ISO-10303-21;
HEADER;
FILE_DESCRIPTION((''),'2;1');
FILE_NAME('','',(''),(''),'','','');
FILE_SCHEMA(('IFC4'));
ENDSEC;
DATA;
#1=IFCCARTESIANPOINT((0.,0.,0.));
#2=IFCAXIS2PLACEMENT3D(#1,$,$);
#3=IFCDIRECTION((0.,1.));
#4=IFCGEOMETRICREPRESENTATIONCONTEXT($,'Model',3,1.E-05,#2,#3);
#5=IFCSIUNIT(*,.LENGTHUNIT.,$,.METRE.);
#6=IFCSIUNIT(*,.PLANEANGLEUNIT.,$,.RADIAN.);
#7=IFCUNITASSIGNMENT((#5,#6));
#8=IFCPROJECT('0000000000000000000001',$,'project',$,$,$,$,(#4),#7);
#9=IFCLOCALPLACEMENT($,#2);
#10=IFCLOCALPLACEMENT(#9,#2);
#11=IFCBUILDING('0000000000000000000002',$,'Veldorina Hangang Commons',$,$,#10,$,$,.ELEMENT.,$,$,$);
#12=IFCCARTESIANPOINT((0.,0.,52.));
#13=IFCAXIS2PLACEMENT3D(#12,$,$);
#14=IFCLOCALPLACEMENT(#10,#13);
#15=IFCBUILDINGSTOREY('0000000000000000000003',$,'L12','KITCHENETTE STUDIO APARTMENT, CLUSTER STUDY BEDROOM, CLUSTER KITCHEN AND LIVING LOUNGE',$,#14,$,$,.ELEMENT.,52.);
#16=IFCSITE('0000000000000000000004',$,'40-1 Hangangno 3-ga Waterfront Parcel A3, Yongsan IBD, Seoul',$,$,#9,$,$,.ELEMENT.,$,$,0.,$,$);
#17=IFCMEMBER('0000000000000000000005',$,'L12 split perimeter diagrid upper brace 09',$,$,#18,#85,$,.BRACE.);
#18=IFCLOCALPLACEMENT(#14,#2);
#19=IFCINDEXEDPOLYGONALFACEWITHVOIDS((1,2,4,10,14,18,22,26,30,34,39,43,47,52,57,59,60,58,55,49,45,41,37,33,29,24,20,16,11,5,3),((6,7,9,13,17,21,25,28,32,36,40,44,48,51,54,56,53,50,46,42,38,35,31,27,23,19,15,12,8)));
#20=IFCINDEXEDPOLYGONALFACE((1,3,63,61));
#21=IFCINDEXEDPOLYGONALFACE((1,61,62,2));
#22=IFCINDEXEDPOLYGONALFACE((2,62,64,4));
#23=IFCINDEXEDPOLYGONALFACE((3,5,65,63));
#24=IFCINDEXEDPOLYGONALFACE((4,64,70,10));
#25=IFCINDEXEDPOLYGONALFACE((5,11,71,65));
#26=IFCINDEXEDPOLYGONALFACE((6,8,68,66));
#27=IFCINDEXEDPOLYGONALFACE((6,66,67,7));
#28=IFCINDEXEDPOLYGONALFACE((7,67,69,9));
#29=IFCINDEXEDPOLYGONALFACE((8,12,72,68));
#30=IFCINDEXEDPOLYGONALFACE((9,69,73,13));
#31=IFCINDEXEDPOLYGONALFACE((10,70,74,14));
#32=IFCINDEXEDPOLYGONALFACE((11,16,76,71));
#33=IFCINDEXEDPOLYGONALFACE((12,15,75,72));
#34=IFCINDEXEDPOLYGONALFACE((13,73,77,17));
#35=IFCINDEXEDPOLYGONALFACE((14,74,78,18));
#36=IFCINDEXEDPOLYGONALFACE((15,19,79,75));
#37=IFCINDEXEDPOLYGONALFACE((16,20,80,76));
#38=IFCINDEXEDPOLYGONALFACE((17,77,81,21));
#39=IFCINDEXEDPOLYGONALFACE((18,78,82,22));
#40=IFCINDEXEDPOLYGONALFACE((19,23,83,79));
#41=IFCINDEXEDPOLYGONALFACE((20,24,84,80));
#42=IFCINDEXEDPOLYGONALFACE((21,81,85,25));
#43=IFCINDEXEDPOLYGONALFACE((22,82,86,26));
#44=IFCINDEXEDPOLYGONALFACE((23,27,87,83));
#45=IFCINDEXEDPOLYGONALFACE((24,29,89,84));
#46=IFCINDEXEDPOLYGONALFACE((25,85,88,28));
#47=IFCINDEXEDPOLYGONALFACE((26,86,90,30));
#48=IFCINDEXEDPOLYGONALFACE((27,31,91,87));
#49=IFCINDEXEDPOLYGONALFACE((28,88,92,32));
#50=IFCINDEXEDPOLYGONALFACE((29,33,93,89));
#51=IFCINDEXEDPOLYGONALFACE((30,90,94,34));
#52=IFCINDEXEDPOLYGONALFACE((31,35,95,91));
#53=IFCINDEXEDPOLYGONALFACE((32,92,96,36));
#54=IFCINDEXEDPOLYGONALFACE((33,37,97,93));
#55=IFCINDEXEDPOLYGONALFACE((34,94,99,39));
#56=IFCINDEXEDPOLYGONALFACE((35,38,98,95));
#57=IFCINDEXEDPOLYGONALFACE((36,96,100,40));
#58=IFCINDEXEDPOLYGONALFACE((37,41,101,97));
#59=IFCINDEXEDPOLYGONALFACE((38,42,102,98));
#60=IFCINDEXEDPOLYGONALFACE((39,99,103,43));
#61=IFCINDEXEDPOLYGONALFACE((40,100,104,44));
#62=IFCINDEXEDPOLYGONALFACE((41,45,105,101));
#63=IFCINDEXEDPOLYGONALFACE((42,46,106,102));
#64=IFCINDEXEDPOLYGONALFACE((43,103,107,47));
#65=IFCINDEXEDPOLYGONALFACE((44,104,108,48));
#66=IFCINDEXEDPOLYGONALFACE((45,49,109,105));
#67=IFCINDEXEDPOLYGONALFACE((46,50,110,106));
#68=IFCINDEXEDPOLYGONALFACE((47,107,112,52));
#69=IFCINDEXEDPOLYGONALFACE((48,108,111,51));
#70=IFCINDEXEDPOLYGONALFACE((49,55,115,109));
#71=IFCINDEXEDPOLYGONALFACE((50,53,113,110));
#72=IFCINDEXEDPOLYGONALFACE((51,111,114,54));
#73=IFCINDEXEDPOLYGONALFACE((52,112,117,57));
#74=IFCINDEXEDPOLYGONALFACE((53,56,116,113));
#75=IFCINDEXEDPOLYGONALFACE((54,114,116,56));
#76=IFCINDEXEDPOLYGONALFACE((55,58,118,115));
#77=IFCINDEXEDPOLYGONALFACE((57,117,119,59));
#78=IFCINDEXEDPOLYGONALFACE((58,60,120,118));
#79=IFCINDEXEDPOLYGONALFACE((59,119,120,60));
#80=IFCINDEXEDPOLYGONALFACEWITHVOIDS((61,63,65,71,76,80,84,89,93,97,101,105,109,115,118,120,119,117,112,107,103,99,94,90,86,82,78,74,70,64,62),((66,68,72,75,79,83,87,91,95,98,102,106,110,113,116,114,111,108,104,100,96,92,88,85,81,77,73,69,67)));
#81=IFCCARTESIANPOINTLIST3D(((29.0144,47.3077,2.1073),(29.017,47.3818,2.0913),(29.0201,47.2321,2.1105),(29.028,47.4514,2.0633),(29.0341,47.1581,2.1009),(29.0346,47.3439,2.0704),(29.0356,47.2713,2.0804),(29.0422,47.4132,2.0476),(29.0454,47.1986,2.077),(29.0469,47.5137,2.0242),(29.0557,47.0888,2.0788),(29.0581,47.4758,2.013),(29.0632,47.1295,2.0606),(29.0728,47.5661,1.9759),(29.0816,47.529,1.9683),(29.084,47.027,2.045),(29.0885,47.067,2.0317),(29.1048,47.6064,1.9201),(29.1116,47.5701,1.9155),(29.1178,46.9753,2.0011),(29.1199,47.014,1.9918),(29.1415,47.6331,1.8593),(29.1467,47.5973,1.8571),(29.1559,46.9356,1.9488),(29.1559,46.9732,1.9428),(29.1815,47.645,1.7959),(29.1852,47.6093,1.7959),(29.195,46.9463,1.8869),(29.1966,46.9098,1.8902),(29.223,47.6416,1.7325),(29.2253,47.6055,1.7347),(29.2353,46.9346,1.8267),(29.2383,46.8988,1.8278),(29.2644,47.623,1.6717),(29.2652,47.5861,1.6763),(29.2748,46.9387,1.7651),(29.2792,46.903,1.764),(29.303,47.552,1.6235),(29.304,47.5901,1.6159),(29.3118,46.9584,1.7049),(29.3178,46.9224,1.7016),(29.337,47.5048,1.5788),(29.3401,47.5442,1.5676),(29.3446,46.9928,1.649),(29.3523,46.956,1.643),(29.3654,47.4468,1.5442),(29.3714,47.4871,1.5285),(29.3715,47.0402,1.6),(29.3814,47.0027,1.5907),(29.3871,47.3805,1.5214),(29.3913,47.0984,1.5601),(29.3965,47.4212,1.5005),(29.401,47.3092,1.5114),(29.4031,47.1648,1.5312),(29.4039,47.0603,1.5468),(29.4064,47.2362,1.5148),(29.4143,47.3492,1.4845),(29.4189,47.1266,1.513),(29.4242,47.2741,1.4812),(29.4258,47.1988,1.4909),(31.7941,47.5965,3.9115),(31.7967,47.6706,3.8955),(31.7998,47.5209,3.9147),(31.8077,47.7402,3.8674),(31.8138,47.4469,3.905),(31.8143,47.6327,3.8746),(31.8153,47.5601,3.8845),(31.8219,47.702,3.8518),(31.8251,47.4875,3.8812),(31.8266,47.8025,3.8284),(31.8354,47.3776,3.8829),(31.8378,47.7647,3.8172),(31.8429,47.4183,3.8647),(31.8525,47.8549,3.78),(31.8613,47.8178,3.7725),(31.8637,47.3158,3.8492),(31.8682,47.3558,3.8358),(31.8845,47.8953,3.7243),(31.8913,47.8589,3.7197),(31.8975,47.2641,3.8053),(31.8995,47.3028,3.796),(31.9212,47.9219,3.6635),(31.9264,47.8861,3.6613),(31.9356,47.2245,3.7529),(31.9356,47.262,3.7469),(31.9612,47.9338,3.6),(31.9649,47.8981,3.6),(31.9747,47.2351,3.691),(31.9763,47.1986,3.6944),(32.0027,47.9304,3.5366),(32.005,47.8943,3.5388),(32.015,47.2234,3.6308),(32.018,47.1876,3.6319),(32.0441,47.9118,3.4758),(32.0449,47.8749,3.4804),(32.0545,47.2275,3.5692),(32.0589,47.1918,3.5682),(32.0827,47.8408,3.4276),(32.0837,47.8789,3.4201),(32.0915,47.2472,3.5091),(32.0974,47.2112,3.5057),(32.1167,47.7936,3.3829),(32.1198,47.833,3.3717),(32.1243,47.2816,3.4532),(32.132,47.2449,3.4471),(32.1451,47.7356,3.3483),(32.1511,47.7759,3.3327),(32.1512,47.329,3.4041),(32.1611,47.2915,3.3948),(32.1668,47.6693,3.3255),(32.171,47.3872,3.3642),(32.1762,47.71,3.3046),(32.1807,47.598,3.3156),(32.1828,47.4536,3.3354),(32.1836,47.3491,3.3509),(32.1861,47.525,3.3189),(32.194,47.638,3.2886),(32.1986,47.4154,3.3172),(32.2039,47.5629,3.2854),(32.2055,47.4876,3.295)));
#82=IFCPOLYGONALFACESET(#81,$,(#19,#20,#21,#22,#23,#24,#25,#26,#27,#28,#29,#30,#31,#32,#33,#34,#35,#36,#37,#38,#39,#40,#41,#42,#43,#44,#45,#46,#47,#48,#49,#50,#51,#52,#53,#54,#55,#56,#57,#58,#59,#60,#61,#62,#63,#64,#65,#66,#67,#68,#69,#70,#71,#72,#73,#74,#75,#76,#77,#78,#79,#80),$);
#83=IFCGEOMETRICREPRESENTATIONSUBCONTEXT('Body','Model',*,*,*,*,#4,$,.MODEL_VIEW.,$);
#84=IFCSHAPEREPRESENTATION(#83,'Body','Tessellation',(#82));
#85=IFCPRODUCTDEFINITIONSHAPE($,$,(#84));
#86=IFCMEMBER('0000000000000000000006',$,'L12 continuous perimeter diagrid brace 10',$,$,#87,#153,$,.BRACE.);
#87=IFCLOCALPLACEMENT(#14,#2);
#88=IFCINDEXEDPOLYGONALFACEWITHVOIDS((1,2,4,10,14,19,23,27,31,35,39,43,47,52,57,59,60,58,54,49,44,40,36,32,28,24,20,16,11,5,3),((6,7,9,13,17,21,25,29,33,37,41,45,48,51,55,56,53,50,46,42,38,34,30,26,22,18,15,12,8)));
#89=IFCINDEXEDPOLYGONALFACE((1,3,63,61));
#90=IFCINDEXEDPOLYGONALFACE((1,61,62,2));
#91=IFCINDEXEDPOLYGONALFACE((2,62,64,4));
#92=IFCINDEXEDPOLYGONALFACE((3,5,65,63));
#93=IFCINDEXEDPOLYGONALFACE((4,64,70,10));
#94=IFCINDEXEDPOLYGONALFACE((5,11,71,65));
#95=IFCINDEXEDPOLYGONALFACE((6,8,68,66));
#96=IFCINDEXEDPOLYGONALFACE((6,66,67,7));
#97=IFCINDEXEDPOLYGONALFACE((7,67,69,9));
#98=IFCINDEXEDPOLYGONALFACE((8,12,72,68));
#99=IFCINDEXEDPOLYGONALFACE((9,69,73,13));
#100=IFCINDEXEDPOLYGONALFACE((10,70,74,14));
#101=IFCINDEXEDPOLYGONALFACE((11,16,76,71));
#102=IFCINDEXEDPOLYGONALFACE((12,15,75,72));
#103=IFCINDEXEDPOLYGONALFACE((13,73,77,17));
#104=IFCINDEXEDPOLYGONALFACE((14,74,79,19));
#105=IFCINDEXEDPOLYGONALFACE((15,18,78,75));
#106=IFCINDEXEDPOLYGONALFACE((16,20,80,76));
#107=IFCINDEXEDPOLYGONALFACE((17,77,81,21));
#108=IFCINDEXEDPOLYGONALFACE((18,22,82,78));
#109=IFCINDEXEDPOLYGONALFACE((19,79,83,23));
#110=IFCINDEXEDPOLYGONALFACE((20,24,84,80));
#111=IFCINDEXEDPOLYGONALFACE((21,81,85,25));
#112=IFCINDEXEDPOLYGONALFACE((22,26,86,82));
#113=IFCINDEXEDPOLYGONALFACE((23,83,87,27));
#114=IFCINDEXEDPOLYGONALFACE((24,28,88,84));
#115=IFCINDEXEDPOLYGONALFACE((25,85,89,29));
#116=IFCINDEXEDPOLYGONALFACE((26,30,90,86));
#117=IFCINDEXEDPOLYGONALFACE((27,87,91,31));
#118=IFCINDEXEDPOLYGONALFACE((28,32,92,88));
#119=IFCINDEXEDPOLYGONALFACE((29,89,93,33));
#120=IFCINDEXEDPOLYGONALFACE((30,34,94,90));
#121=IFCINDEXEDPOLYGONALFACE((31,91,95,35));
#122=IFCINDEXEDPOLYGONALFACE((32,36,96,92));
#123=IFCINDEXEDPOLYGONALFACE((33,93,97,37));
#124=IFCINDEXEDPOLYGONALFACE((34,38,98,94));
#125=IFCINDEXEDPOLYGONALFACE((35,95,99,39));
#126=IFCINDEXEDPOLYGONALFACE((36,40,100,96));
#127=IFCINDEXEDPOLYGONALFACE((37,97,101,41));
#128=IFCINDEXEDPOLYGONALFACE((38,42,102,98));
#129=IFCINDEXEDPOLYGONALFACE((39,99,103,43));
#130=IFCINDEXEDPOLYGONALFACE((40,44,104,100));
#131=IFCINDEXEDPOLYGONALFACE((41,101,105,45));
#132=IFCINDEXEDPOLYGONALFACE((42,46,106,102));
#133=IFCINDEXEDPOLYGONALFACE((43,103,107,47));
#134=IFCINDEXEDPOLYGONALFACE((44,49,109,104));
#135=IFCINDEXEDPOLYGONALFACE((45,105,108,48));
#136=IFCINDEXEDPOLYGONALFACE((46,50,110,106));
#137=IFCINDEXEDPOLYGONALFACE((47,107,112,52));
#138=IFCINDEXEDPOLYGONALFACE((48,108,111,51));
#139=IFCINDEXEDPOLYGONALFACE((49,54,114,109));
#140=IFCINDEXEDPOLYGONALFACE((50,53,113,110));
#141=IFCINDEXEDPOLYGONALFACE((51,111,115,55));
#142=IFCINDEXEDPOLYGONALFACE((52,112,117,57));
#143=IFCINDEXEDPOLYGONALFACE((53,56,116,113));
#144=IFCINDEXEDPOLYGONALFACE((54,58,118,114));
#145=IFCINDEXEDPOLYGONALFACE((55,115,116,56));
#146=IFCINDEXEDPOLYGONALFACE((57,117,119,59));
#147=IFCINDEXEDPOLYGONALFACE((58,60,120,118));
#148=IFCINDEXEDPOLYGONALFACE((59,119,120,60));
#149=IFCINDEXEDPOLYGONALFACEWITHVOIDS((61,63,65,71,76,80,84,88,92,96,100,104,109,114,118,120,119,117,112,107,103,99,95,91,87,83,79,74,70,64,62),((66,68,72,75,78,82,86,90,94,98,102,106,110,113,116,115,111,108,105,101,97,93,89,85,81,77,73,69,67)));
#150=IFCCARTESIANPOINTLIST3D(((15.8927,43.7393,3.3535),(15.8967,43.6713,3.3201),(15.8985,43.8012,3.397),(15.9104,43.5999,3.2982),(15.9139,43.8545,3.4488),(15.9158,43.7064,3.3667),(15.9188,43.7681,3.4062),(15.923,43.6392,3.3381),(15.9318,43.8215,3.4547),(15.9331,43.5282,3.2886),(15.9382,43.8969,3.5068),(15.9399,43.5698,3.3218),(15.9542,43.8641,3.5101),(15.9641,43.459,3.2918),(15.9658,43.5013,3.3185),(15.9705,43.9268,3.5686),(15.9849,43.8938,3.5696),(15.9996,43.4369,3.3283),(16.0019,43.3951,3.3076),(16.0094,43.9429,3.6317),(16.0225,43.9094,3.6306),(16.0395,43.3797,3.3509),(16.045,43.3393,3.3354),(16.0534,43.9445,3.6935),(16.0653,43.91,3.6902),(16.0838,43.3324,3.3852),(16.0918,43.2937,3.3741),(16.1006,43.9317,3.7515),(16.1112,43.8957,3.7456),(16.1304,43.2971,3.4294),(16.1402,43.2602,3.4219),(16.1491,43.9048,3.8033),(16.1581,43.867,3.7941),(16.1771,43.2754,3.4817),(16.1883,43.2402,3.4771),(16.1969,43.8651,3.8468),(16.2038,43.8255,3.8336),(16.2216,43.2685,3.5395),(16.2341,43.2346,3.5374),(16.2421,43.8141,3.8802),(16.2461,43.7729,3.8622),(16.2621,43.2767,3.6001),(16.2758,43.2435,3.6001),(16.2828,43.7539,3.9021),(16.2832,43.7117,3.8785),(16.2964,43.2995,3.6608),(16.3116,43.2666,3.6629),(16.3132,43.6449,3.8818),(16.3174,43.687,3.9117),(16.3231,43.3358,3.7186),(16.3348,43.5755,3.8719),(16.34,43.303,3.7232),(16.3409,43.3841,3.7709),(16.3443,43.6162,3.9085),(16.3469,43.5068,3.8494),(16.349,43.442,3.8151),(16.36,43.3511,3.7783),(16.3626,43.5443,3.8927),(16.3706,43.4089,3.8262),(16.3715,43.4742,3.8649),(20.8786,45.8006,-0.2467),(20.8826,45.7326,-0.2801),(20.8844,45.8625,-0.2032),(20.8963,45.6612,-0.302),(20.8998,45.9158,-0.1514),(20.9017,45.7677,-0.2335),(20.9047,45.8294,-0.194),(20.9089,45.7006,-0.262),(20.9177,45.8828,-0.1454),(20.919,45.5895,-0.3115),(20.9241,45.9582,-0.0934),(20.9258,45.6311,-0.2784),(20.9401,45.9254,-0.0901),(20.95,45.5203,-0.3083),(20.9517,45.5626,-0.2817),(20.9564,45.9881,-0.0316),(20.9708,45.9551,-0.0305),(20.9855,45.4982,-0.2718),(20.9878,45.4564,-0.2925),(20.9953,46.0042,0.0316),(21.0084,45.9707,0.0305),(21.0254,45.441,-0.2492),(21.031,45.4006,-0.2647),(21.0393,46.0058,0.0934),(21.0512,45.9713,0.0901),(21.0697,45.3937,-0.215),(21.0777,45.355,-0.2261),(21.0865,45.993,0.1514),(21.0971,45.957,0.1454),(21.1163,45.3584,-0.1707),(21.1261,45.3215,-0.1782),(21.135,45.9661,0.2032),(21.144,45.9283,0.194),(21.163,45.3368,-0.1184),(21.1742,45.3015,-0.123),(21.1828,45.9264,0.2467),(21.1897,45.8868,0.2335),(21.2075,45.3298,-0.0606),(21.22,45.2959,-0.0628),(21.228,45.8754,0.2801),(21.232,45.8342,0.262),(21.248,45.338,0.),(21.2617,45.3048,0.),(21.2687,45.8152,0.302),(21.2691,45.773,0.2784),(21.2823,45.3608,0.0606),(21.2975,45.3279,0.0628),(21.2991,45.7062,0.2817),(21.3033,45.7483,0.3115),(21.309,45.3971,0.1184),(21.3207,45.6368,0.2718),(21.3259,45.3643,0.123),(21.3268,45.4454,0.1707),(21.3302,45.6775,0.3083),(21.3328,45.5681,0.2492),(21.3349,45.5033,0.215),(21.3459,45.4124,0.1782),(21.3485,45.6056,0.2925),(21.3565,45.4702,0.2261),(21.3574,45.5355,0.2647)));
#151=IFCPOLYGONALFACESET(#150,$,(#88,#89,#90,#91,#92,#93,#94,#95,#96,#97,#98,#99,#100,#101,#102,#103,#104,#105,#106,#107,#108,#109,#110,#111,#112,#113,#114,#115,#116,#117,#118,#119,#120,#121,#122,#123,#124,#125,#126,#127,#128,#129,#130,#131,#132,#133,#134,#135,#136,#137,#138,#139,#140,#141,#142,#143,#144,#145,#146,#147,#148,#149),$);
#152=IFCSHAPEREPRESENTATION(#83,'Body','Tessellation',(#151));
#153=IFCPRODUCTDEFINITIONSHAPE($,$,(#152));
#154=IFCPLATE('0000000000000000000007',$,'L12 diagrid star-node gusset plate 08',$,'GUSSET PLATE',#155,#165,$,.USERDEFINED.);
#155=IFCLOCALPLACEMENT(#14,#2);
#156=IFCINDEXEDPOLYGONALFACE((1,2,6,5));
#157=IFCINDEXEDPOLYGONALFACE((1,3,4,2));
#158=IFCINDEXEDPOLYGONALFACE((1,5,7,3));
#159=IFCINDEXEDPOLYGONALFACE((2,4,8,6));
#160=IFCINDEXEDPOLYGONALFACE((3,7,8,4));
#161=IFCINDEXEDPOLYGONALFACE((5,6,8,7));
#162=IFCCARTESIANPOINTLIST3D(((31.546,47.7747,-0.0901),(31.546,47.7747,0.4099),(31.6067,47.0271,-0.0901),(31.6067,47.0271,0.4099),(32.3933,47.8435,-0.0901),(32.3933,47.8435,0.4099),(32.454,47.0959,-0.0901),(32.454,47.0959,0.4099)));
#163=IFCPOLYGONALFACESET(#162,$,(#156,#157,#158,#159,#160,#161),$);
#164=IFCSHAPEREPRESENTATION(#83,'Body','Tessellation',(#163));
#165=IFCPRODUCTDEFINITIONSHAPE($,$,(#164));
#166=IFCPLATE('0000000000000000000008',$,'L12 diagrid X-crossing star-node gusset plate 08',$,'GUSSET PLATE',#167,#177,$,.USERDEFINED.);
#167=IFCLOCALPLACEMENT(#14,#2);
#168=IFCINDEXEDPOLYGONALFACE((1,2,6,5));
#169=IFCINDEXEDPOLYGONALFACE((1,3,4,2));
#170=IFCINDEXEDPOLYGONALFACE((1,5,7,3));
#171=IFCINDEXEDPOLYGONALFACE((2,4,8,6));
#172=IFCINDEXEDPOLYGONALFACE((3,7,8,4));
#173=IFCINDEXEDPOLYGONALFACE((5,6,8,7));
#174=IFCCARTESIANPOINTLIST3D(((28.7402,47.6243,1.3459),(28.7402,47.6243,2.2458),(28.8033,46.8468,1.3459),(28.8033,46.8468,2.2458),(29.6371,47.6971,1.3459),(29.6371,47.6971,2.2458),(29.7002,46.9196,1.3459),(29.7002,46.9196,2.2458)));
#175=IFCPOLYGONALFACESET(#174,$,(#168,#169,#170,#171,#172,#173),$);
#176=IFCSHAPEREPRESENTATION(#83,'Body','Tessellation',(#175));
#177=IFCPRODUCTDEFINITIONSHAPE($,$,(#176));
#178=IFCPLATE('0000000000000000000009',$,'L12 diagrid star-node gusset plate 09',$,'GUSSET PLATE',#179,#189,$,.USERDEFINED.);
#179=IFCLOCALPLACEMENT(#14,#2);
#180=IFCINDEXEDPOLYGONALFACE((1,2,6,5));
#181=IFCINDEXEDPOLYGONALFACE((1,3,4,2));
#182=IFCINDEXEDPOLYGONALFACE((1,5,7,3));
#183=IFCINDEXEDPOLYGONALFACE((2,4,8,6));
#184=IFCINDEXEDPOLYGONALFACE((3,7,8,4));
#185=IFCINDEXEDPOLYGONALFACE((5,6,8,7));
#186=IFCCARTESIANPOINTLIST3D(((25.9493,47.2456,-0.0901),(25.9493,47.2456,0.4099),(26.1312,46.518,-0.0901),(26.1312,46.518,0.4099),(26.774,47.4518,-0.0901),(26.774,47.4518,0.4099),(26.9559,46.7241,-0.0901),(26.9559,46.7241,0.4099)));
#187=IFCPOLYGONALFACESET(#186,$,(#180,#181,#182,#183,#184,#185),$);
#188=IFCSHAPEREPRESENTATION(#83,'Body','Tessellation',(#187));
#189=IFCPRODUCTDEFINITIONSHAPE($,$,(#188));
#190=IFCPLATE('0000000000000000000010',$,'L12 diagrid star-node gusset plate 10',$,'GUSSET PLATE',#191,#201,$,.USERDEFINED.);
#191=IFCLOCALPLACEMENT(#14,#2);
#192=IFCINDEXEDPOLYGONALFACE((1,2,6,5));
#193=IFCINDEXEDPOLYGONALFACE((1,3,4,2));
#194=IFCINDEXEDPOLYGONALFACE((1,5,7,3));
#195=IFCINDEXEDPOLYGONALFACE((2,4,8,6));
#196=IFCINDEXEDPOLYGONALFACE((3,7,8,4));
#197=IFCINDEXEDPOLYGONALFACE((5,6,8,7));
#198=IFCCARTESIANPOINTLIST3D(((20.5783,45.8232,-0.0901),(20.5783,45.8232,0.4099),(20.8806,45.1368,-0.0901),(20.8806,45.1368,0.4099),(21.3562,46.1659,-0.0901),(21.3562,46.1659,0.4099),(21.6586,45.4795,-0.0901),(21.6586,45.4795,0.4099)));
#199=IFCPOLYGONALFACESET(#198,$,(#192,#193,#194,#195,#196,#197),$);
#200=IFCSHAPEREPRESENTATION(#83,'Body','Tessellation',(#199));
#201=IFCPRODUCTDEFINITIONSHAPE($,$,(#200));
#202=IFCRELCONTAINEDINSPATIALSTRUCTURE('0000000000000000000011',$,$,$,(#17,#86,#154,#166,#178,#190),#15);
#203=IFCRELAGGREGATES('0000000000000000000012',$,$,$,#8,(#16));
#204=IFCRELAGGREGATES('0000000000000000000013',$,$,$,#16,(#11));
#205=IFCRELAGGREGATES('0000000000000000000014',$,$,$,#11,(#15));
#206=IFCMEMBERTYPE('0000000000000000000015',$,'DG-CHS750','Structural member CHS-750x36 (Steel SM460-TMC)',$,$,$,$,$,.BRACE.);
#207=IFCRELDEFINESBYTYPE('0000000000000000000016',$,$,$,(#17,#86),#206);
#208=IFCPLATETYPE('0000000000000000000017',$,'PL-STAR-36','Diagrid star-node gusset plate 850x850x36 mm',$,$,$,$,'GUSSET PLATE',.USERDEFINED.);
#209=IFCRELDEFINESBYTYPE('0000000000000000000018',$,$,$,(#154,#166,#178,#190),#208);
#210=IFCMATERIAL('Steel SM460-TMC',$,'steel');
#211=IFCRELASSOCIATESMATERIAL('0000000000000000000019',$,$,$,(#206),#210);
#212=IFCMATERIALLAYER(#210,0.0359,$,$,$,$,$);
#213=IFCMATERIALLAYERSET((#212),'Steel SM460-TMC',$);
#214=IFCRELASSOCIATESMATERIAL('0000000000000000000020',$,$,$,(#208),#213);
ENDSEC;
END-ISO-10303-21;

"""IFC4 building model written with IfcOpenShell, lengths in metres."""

from ifc_helpers import new_model, si_unit, direction, frame, origin, origin_2d, place, context, subcontext, project, spatial, rectangle, hollow_circle, extrude, material, layer, layer_set, material_profile, profile_set, type_object, element, save


model = new_model("IFC4")

# Units and contexts
model_context = context("Model", 3, precision=1e-05, world=origin(), true_north=direction((0.0, 1.0)))
body_context = subcontext(model_context, "Body", "Model", "MODEL_VIEW")
ifc_project = project(units=[si_unit("LENGTHUNIT", "METRE"), si_unit("PLANEANGLEUNIT", "RADIAN")], contexts=[model_context])

# Site, building, storey
site_placement = place(None, origin())
site = spatial("IfcSite", under=ifc_project, at=site_placement, Name="40-1 Hangangno 3-ga Waterfront Parcel A3, Yongsan IBD, Seoul", CompositionType="ELEMENT", RefElevation=0.0)
building_placement = place(site_placement, origin())
building = spatial("IfcBuilding", under=site, at=building_placement, Name="Veldorina Hangang Commons", CompositionType="ELEMENT")
storey_placement = place(building_placement, frame((0.0, 0.0, 52.0)))
storey = spatial("IfcBuildingStorey", under=building, at=storey_placement, Name="L12", Description="KITCHENETTE STUDIO APARTMENT, CLUSTER STUDY BEDROOM, CLUSTER KITCHEN AND LIVING LOUNGE", CompositionType="ELEMENT", Elevation=52.0)

# Shared definitions
ifc_material_1 = material(Name="Steel SM460-TMC", Category="steel")

# Members
ifc_material_profile_1 = material_profile(ifc_material_1, hollow_circle(Radius=0.375, WallThickness=0.0359, at=origin_2d()), Name="CHS-750x36")
ifc_profile_set_1 = profile_set([ifc_material_profile_1], Name="Steel SM460-TMC")
member_type = type_object("IfcMemberType", Name="DG-CHS750", Description="Structural member CHS-750x36 (Steel SM460-TMC)", PredefinedType="BRACE", material=ifc_profile_set_1)
member_1_placement = place(storey_placement, frame((29.2202, 47.272, 1.7959), z_axis=(0.835643, 0.086823, 0.542368), x_axis=(-0.103343, 0.994646, 0.0)))
element("IfcMember", 1, at=member_1_placement, inside=storey, type_object=member_type, Name="L12 split perimeter diagrid upper brace 09", PredefinedType="BRACE", context=body_context, shape_type="SweptSolid", body=[
    extrude(hollow_circle(Radius=0.375, WallThickness=0.0359, at=origin_2d()), origin(), (0.0, 0.0, 1.0), 3.3264),
])
member_2_placement = place(storey_placement, frame((21.1184, 45.6514, 0.0), z_axis=(-0.768708, -0.317804, 0.555057), x_axis=(0.382063, -0.924136, 0.0)))
element("IfcMember", 2, at=member_2_placement, inside=storey, type_object=member_type, Name="L12 continuous perimeter diagrid brace 10", PredefinedType="BRACE", context=body_context, shape_type="SweptSolid", body=[
    extrude(hollow_circle(Radius=0.375, WallThickness=0.0359, at=origin_2d()), origin(), (0.0, 0.0, 1.0), 6.4861),
])

# Plates
ifc_layer_1 = layer(ifc_material_1, 0.0359)
ifc_layer_set_1 = layer_set([ifc_layer_1], Name="Steel SM460-TMC")
plate_type = type_object("IfcPlateType", Name="PL-STAR-36", Description="Diagrid star-node gusset plate 850x850x36 mm", ElementType="GUSSET PLATE", PredefinedType="USERDEFINED", material=ifc_layer_set_1)
plate_1_placement = place(storey_placement, frame((32.0, 47.4353, -0.0901), z_axis=(0.0, 0.0, 1.0), x_axis=(-0.996721, -0.080912, 0.0)))
element("IfcPlate", 3, at=plate_1_placement, inside=storey, type_object=plate_type, Name="L12 diagrid star-node gusset plate 08", ObjectType="GUSSET PLATE", PredefinedType="USERDEFINED", context=body_context, shape_type="SweptSolid", body=[
    extrude(rectangle(XDim=0.8501, YDim=0.75, at=origin_2d()), origin(), (0.0, 0.0, 1.0), 0.5),
])
plate_2_placement = place(storey_placement, frame((29.2202, 47.272, 1.3459), z_axis=(0.0, 0.0, 1.0), x_axis=(-0.996721, -0.080912, 0.0)))
element("IfcPlate", 4, at=plate_2_placement, inside=storey, type_object=plate_type, Name="L12 diagrid X-crossing star-node gusset plate 08", ObjectType="GUSSET PLATE", PredefinedType="USERDEFINED", context=body_context, shape_type="SweptSolid", body=[
    extrude(rectangle(XDim=0.8999, YDim=0.78, at=origin_2d()), origin(), (0.0, 0.0, 1.0), 0.8999),
])
for number, where, z_axis, x_axis, name in (
    (5, (26.4526, 46.9849, -0.0901), (0.0, 0.0, 1.0), (-0.970144, -0.242532, 0.0), "L12 diagrid star-node gusset plate 09"),
    (6, (21.1184, 45.6514, -0.0901), (0.0, 0.0, 1.0), (-0.915143, -0.40313, 0.0), "L12 diagrid star-node gusset plate 10"),
):
    element("IfcPlate", number, at=place(storey_placement, frame(where, z_axis=z_axis, x_axis=x_axis)), inside=storey, type_object=plate_type, Name=name, ObjectType="GUSSET PLATE", PredefinedType="USERDEFINED", context=body_context, shape_type="SweptSolid", body=[
        extrude(rectangle(XDim=0.8501, YDim=0.75, at=origin_2d()), origin(), (0.0, 0.0, 1.0), 0.5),
    ])

save(model, "model.ifc")
